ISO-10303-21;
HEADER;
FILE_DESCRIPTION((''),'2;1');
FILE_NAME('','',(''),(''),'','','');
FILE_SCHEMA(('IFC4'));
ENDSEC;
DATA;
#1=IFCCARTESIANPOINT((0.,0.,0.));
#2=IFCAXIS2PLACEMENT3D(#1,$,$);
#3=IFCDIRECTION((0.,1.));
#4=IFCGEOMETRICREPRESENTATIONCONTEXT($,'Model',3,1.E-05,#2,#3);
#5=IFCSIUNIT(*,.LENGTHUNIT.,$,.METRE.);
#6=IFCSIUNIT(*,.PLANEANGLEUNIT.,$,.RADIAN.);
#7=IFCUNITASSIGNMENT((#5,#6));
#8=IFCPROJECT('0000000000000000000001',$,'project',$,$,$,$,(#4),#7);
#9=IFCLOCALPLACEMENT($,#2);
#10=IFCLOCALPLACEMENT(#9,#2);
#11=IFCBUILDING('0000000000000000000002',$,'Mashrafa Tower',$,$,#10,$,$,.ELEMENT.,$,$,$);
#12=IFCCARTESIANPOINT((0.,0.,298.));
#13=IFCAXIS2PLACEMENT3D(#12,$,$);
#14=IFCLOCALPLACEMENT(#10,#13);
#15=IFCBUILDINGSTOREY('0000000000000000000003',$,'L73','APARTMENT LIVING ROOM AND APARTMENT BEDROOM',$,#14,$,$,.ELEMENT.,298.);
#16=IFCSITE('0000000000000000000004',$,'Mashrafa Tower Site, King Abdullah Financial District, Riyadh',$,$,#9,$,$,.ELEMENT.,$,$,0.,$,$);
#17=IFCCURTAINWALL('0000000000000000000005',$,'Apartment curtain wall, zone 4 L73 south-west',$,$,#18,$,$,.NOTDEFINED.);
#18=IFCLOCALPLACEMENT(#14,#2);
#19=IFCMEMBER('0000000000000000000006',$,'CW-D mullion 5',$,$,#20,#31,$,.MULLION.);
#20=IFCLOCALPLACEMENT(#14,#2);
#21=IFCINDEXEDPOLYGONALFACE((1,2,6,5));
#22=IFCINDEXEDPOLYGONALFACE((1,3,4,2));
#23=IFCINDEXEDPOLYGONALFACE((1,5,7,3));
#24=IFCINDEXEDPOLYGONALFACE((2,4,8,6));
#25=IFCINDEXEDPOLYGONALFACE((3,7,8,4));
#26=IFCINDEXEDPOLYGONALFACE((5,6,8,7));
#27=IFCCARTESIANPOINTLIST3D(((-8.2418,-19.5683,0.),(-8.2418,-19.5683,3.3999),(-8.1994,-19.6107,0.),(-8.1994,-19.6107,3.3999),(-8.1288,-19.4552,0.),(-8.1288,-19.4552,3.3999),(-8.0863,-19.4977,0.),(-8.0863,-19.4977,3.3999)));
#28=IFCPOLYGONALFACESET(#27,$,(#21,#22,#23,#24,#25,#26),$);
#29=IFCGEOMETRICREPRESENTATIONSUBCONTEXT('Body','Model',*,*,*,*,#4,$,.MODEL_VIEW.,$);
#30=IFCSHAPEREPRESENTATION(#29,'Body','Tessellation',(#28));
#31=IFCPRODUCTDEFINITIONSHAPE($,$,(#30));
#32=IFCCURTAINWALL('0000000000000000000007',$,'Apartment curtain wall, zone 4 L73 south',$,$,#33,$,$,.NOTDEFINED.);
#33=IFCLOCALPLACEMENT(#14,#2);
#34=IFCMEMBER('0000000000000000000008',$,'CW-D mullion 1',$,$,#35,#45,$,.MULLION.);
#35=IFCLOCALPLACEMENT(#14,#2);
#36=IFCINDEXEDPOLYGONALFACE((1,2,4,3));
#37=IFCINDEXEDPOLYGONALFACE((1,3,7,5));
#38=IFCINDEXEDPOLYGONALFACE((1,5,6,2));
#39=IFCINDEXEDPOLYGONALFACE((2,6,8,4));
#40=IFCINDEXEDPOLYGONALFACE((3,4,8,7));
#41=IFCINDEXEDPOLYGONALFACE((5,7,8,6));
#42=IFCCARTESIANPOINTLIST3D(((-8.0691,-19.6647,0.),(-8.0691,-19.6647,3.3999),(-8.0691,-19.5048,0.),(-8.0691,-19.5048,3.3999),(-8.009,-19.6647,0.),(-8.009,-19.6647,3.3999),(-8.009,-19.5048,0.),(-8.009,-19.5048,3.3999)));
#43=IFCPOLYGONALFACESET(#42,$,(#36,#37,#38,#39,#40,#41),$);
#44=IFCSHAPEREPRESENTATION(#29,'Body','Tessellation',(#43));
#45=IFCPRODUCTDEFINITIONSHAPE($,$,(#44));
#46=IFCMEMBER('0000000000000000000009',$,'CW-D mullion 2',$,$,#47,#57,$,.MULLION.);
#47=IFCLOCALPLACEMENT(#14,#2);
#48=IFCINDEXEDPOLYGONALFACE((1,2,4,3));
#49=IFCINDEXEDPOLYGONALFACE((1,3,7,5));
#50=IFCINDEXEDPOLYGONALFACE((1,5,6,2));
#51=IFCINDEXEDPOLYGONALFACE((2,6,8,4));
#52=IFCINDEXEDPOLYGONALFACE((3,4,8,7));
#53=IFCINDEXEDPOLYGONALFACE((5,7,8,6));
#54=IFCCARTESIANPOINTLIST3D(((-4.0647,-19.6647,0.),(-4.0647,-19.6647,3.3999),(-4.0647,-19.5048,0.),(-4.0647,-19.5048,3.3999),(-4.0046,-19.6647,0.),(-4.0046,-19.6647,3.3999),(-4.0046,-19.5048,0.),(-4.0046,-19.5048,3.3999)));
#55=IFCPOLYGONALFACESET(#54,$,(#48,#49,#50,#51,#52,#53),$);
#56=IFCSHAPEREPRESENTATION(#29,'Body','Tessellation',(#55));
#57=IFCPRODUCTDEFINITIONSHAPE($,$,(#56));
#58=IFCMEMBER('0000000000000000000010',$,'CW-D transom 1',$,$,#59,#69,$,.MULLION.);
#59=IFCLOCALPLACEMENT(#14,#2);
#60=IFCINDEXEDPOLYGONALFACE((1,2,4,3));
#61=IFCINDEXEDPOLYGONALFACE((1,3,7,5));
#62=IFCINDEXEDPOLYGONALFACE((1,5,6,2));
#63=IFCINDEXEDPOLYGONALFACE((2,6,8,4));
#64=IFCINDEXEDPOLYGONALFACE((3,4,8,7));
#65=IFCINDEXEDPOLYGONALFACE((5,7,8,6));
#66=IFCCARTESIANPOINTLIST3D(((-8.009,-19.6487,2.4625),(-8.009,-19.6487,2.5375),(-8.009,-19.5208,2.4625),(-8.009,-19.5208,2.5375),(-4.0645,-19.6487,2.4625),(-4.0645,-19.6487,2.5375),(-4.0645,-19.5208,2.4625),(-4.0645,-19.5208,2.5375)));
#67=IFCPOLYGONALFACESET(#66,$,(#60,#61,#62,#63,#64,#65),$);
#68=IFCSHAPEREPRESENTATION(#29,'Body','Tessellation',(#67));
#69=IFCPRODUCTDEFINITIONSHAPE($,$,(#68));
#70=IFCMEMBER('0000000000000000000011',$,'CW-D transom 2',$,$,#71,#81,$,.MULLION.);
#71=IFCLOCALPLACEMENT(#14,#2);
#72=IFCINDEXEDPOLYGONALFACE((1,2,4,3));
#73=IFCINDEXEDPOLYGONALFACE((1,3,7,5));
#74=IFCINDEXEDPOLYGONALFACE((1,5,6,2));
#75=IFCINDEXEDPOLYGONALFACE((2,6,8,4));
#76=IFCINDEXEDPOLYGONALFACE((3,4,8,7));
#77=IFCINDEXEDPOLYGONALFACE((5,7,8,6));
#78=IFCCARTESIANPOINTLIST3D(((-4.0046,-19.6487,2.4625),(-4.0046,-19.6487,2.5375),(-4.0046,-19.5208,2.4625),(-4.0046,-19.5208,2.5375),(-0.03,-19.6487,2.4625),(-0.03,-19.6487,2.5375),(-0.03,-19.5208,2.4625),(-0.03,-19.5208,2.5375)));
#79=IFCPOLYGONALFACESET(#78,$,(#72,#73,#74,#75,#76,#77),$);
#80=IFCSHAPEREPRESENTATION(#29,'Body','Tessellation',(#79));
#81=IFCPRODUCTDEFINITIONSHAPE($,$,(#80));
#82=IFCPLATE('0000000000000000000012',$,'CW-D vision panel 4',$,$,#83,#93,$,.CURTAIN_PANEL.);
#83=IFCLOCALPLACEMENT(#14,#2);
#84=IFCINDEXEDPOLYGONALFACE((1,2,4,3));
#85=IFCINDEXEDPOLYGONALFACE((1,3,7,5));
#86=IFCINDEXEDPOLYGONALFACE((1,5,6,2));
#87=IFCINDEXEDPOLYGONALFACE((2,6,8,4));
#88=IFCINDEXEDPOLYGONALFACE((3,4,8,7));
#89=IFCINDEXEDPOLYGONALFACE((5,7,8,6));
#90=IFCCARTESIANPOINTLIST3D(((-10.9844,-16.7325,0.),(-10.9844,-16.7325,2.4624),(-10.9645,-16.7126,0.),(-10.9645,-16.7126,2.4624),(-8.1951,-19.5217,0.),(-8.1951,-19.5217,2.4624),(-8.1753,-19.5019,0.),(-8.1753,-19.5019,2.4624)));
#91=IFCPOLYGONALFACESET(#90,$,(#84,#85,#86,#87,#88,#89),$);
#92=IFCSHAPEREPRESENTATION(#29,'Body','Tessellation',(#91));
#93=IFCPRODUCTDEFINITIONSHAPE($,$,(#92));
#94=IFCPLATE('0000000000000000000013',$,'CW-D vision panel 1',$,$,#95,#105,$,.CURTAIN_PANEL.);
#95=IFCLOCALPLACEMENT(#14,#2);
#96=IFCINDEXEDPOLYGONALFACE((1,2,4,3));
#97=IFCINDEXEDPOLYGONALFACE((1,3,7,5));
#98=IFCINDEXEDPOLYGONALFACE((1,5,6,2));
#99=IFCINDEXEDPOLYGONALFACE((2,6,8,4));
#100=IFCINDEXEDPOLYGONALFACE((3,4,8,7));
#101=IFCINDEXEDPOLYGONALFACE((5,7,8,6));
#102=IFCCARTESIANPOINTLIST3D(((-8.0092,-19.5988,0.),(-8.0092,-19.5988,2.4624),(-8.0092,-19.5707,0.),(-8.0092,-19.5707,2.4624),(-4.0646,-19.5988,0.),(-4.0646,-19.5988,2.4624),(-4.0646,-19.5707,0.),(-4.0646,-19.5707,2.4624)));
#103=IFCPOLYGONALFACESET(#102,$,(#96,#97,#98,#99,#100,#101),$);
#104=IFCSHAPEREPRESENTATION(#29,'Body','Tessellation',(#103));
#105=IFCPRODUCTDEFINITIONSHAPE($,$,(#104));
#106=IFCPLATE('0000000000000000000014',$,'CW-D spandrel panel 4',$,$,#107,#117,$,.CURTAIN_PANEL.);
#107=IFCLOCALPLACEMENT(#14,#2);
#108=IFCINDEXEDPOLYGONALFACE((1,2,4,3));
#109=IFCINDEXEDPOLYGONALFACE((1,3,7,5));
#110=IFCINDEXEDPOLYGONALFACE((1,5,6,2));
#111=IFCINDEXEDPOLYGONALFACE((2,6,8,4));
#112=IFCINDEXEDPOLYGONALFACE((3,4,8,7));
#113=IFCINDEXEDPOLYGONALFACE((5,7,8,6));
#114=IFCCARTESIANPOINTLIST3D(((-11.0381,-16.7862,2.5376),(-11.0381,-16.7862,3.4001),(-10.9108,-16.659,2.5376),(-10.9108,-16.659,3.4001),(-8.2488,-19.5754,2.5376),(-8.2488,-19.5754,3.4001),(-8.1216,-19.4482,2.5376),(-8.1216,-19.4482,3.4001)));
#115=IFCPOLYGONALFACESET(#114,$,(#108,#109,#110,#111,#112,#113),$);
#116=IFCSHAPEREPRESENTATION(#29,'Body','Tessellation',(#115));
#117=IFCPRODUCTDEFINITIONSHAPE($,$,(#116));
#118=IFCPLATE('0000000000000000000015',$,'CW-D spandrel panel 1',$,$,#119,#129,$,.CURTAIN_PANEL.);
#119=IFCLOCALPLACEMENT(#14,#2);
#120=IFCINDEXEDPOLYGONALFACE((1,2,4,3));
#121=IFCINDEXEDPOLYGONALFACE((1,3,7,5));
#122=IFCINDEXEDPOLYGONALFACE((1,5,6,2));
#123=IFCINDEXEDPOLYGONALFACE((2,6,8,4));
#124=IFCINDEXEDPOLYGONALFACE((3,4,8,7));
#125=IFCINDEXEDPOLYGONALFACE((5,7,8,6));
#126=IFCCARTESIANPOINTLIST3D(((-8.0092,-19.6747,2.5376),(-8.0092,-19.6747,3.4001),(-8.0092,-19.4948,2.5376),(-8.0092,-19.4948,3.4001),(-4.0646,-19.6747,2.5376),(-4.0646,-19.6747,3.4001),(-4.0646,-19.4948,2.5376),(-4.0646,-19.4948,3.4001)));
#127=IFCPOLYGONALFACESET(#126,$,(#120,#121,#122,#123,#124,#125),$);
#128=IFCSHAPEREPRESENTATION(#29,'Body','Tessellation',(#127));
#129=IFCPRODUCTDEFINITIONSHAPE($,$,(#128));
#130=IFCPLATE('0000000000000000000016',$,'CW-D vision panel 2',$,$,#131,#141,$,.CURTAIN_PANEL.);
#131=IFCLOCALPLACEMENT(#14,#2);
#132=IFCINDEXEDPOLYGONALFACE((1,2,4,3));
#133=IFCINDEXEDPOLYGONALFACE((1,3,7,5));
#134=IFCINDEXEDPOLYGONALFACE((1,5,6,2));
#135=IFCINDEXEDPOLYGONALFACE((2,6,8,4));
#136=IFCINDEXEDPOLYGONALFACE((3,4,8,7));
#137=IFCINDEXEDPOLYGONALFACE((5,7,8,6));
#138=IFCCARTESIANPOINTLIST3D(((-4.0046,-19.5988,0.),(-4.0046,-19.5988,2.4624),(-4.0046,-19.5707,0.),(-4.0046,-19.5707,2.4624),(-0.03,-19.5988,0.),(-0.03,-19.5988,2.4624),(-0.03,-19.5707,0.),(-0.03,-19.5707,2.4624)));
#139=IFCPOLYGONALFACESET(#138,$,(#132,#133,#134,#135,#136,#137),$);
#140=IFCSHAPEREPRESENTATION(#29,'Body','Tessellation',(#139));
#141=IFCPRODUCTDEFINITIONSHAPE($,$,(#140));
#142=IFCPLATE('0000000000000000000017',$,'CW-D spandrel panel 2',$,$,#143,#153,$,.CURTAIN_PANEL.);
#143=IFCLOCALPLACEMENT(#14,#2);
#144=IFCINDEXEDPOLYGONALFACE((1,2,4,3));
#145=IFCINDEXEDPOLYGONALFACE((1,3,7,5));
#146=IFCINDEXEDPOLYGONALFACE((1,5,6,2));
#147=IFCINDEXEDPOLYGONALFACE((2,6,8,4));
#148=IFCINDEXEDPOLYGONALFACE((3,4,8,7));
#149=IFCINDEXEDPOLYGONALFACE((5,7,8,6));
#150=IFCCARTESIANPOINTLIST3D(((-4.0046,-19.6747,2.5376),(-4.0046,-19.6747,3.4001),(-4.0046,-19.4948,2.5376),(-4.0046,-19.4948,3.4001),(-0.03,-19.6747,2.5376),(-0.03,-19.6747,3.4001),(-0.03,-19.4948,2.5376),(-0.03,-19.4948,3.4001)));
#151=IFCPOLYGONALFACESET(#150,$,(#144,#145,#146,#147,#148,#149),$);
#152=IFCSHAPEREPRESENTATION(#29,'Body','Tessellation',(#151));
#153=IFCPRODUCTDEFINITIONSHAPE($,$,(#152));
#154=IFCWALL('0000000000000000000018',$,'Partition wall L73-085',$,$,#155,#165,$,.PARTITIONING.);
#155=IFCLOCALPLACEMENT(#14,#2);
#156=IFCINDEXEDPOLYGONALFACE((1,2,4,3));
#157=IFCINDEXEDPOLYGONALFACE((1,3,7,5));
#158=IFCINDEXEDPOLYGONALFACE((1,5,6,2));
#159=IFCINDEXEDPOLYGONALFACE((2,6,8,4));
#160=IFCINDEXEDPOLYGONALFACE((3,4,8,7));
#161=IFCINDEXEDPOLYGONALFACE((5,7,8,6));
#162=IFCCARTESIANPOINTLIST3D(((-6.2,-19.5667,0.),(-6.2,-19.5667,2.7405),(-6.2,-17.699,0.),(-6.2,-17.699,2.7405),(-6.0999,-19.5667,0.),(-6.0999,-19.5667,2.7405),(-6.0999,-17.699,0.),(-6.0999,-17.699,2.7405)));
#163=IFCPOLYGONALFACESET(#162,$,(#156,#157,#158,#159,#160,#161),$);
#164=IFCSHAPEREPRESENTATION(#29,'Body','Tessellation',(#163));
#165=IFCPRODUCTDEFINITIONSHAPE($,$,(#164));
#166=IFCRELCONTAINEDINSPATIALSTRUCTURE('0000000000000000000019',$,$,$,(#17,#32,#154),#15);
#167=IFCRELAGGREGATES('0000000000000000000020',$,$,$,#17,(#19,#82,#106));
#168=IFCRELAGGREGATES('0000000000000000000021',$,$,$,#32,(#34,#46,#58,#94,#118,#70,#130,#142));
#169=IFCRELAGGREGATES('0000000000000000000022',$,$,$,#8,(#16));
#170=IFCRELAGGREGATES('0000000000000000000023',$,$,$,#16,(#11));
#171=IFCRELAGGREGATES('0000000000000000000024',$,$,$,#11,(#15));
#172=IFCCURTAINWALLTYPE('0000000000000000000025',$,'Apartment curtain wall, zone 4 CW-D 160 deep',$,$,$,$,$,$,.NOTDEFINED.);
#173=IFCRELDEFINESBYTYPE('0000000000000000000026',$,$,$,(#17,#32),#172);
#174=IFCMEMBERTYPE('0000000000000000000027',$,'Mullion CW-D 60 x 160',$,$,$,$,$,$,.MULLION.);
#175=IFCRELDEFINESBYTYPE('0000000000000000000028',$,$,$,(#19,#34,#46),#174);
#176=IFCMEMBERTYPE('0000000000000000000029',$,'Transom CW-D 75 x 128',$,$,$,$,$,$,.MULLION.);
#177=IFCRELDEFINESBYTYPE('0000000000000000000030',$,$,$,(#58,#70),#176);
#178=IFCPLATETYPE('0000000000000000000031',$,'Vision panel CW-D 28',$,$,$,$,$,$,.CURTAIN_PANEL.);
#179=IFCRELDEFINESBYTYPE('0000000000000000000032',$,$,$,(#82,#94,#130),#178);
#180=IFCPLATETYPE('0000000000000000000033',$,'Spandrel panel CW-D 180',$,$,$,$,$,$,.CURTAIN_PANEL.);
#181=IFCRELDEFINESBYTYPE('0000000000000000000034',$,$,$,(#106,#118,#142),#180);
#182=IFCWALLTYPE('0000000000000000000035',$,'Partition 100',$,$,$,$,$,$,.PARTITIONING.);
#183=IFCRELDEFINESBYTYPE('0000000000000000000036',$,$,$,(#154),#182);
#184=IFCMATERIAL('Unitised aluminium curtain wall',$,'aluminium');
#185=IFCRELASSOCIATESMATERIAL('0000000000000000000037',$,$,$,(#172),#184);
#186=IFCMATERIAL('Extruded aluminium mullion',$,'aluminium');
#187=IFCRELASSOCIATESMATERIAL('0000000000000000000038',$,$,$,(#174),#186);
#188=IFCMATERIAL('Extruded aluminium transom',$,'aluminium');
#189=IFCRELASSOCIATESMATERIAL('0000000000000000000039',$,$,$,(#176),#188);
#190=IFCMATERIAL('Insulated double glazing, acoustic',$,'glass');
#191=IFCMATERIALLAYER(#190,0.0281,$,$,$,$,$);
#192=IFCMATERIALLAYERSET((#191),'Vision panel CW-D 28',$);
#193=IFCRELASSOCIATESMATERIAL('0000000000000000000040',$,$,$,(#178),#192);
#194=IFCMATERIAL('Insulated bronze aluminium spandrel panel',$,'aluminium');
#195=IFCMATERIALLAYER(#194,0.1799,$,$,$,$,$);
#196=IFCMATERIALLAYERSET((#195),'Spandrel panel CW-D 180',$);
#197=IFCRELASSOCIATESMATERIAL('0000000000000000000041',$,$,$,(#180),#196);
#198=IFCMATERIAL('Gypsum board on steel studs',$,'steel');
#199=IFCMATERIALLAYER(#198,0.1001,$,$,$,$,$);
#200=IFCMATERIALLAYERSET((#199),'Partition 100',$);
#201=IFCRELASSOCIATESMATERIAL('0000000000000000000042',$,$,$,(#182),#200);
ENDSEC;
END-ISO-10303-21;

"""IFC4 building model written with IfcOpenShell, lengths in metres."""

from ifc_helpers import new_model, si_unit, direction, frame, frame_2d, origin, origin_2d, place, context, subcontext, project, spatial, rectangle, extrude, source, transform, mapped, material, layer, layer_set, material_profile, profile_set, type_object, type_shapes, element, aggregate, save


model = new_model("IFC4")

# Units and contexts
model_context = context("Model", 3, precision=1e-05, world=origin(), true_north=direction((0.0, 1.0)))
body_context = subcontext(model_context, "Body", "Model", "MODEL_VIEW")
ifc_project = project(units=[si_unit("LENGTHUNIT", "METRE"), si_unit("PLANEANGLEUNIT", "RADIAN")], contexts=[model_context])

# Site, building, storey
site_placement = place(None, origin())
site = spatial("IfcSite", under=ifc_project, at=site_placement, Name="Mashrafa Tower Site, King Abdullah Financial District, Riyadh", CompositionType="ELEMENT", RefElevation=0.0)
building_placement = place(site_placement, origin())
building = spatial("IfcBuilding", under=site, at=building_placement, Name="Mashrafa Tower", CompositionType="ELEMENT")
storey_placement = place(building_placement, frame((0.0, 0.0, 298.0)))
storey = spatial("IfcBuildingStorey", under=building, at=storey_placement, Name="L73", Description="APARTMENT LIVING ROOM AND APARTMENT BEDROOM", CompositionType="ELEMENT", Elevation=298.0)

# Curtain wall, member
ifc_material_1 = material(Name="Unitised aluminium curtain wall", Category="aluminium")
curtain_wall_type = type_object("IfcCurtainWallType", Name="Apartment curtain wall, zone 4 CW-D 160 deep", PredefinedType="NOTDEFINED", material=ifc_material_1)
curtain_wall_1_placement = place(storey_placement, origin())
curtain_wall_1 = element("IfcCurtainWall", 1, at=curtain_wall_1_placement, inside=storey, type_object=curtain_wall_type, Name="Apartment curtain wall, zone 4 L73 south-west", PredefinedType="NOTDEFINED")
ifc_material_2 = material(Name="Extruded aluminium mullion", Category="aluminium")
ifc_material_profile_1 = material_profile(ifc_material_2, rectangle(XDim=0.1599, YDim=0.0601, at=origin_2d()), Name="Mullion 60x160")
ifc_profile_set_1 = profile_set([ifc_material_profile_1], Name="Extruded aluminium mullion")
member_type_1 = type_object("IfcMemberType", Name="Mullion CW-D 60 x 160", PredefinedType="MULLION", material=ifc_profile_set_1)
shared_shape_1 = source(origin(), body_context, "Body", "SweptSolid", [
    extrude(rectangle(XDim=0.1599, YDim=0.0601, at=origin_2d()), origin(), (0.0, 0.0, 1.0), 3.3999),
])
type_shapes(member_type_1, [shared_shape_1])
member_1_placement = place(storey_placement, frame((-8.1641, -19.533, 0.0), z_axis=(0.0, 0.0, 1.0), x_axis=(0.707107, 0.707107, 0.0)))
member_1 = element("IfcMember", 2, at=member_1_placement, type_object=member_type_1, Name="CW-D mullion 5", PredefinedType="MULLION", context=body_context, shape_type="MappedRepresentation", body=[
    mapped(shared_shape_1, transform((0.0, 0.0, 0.0))),
])

# Curtain wall, members
curtain_wall_2_placement = place(storey_placement, origin())
curtain_wall_2 = element("IfcCurtainWall", 3, at=curtain_wall_2_placement, inside=storey, type_object=curtain_wall_type, Name="Apartment curtain wall, zone 4 L73 south", PredefinedType="NOTDEFINED")
member_2_placement = place(storey_placement, frame((-8.0391, -19.5847, 0.0), z_axis=(0.0, 0.0, 1.0), x_axis=(0.0, 1.0, 0.0)))
member_2 = element("IfcMember", 4, at=member_2_placement, type_object=member_type_1, Name="CW-D mullion 1", PredefinedType="MULLION", context=body_context, shape_type="MappedRepresentation", body=[
    mapped(shared_shape_1, transform((0.0, 0.0, 0.0))),
])
member_3_placement = place(storey_placement, frame((-4.0347, -19.5847, 0.0), z_axis=(0.0, 0.0, 1.0), x_axis=(0.0, 1.0, 0.0)))
member_3 = element("IfcMember", 5, at=member_3_placement, type_object=member_type_1, Name="CW-D mullion 2", PredefinedType="MULLION", context=body_context, shape_type="MappedRepresentation", body=[
    mapped(shared_shape_1, transform((0.0, 0.0, 0.0))),
])
ifc_material_3 = material(Name="Extruded aluminium transom", Category="aluminium")
ifc_material_profile_2 = material_profile(ifc_material_3, rectangle(XDim=0.1279, YDim=0.075, at=origin_2d()), Name="Transom 75x128")
ifc_profile_set_2 = profile_set([ifc_material_profile_2], Name="Extruded aluminium transom")
member_type_2 = type_object("IfcMemberType", Name="Transom CW-D 75 x 128", PredefinedType="MULLION", material=ifc_profile_set_2)
shared_shape_2 = source(origin(), body_context, "Body", "SweptSolid", [
    extrude(rectangle(XDim=0.1279, YDim=0.075, at=origin_2d()), origin(), (0.0, 0.0, 1.0), 3.9446),
])
member_4_placement = place(storey_placement, frame((-8.009, -19.5847, 2.5), z_axis=(1.0, 0.0, 0.0), x_axis=(0.0, 1.0, 0.0)))
member_4 = element("IfcMember", 6, at=member_4_placement, type_object=member_type_2, Name="CW-D transom 1", PredefinedType="MULLION", context=body_context, shape_type="MappedRepresentation", body=[
    mapped(shared_shape_2, transform((0.0, 0.0, 0.0))),
])
shared_shape_3 = source(origin(), body_context, "Body", "SweptSolid", [
    extrude(rectangle(XDim=0.1279, YDim=0.075, at=origin_2d()), origin(), (0.0, 0.0, 1.0), 3.9746),
])
type_shapes(member_type_2, [shared_shape_2, shared_shape_3])
member_5_placement = place(storey_placement, frame((-4.0046, -19.5847, 2.5), z_axis=(1.0, 0.0, 0.0), x_axis=(0.0, 1.0, 0.0)))
member_5 = element("IfcMember", 7, at=member_5_placement, type_object=member_type_2, Name="CW-D transom 2", PredefinedType="MULLION", context=body_context, shape_type="MappedRepresentation", body=[
    mapped(shared_shape_3, transform((0.0, 0.0, 0.0))),
])

# Plates
ifc_material_4 = material(Name="Insulated double glazing, acoustic", Category="glass")
ifc_layer_1 = layer(ifc_material_4, 0.0281)
ifc_layer_set_1 = layer_set([ifc_layer_1], Name="Vision panel CW-D 28")
plate_type_1 = type_object("IfcPlateType", Name="Vision panel CW-D 28", PredefinedType="CURTAIN_PANEL", material=ifc_layer_set_1)
shared_shape_4 = source(origin(), body_context, "Body", "SweptSolid", [
    extrude(rectangle(XDim=3.9446, YDim=0.0281, at=origin_2d()), origin(), (0.0, 0.0, 1.0), 2.4624),
])
plate_1_placement = place(storey_placement, frame((-9.5798, -18.1172, 0.0), z_axis=(0.0, 0.0, 1.0), x_axis=(0.707107, -0.707107, 0.0)))
plate_1 = element("IfcPlate", 8, at=plate_1_placement, type_object=plate_type_1, Name="CW-D vision panel 4", PredefinedType="CURTAIN_PANEL", context=body_context, shape_type="MappedRepresentation", body=[
    mapped(shared_shape_4, transform((0.0, 0.0, 0.0))),
])
plate_2_placement = place(storey_placement, frame((-6.0369, -19.5847, 0.0), z_axis=(0.0, 0.0, 1.0), x_axis=(1.0, 0.0, 0.0)))
plate_2 = element("IfcPlate", 9, at=plate_2_placement, type_object=plate_type_1, Name="CW-D vision panel 1", PredefinedType="CURTAIN_PANEL", context=body_context, shape_type="MappedRepresentation", body=[
    mapped(shared_shape_4, transform((0.0, 0.0, 0.0))),
])
ifc_material_5 = material(Name="Insulated bronze aluminium spandrel panel", Category="aluminium")
ifc_layer_2 = layer(ifc_material_5, 0.1799)
ifc_layer_set_2 = layer_set([ifc_layer_2], Name="Spandrel panel CW-D 180")
plate_type_2 = type_object("IfcPlateType", Name="Spandrel panel CW-D 180", PredefinedType="CURTAIN_PANEL", material=ifc_layer_set_2)
shared_shape_5 = source(origin(), body_context, "Body", "SweptSolid", [
    extrude(rectangle(XDim=3.9446, YDim=0.1799, at=origin_2d()), origin(), (0.0, 0.0, 1.0), 0.8625),
])
plate_3_placement = place(storey_placement, frame((-9.5798, -18.1172, 2.5376), z_axis=(0.0, 0.0, 1.0), x_axis=(0.707107, -0.707107, 0.0)))
plate_3 = element("IfcPlate", 10, at=plate_3_placement, type_object=plate_type_2, Name="CW-D spandrel panel 4", PredefinedType="CURTAIN_PANEL", context=body_context, shape_type="MappedRepresentation", body=[
    mapped(shared_shape_5, transform((0.0, 0.0, 0.0))),
])
aggregate(curtain_wall_1, [member_1, plate_1, plate_3])
plate_4_placement = place(storey_placement, frame((-6.0369, -19.5847, 2.5376), z_axis=(0.0, 0.0, 1.0), x_axis=(1.0, 0.0, 0.0)))
plate_4 = element("IfcPlate", 11, at=plate_4_placement, type_object=plate_type_2, Name="CW-D spandrel panel 1", PredefinedType="CURTAIN_PANEL", context=body_context, shape_type="MappedRepresentation", body=[
    mapped(shared_shape_5, transform((0.0, 0.0, 0.0))),
])
shared_shape_6 = source(origin(), body_context, "Body", "SweptSolid", [
    extrude(rectangle(XDim=3.9746, YDim=0.0281, at=origin_2d()), origin(), (0.0, 0.0, 1.0), 2.4624),
])
type_shapes(plate_type_1, [shared_shape_4, shared_shape_6])
plate_5_placement = place(storey_placement, frame((-2.0173, -19.5847, 0.0), z_axis=(0.0, 0.0, 1.0), x_axis=(1.0, 0.0, 0.0)))
plate_5 = element("IfcPlate", 12, at=plate_5_placement, type_object=plate_type_1, Name="CW-D vision panel 2", PredefinedType="CURTAIN_PANEL", context=body_context, shape_type="MappedRepresentation", body=[
    mapped(shared_shape_6, transform((0.0, 0.0, 0.0))),
])
shared_shape_7 = source(origin(), body_context, "Body", "SweptSolid", [
    extrude(rectangle(XDim=3.9746, YDim=0.1799, at=origin_2d()), origin(), (0.0, 0.0, 1.0), 0.8625),
])
type_shapes(plate_type_2, [shared_shape_5, shared_shape_7])
plate_6_placement = place(storey_placement, frame((-2.0173, -19.5847, 2.5376), z_axis=(0.0, 0.0, 1.0), x_axis=(1.0, 0.0, 0.0)))
plate_6 = element("IfcPlate", 13, at=plate_6_placement, type_object=plate_type_2, Name="CW-D spandrel panel 2", PredefinedType="CURTAIN_PANEL", context=body_context, shape_type="MappedRepresentation", body=[
    mapped(shared_shape_7, transform((0.0, 0.0, 0.0))),
])
aggregate(curtain_wall_2, [member_2, member_3, member_4, plate_2, plate_4, member_5, plate_5, plate_6])

# Wall
ifc_material_6 = material(Name="Gypsum board on steel studs", Category="steel")
ifc_layer_3 = layer(ifc_material_6, 0.1001)
ifc_layer_set_3 = layer_set([ifc_layer_3], Name="Partition 100")
wall_type = type_object("IfcWallType", Name="Partition 100", PredefinedType="PARTITIONING", material=ifc_layer_set_3)
wall_1_placement = place(storey_placement, frame((-6.1499, -17.699, 0.0), z_axis=(0.0, 0.0, 1.0), x_axis=(0.0, -1.0, 0.0)))
element("IfcWall", 14, at=wall_1_placement, inside=storey, type_object=wall_type, Name="Partition wall L73-085", PredefinedType="PARTITIONING", context=body_context, shape_type="SweptSolid", body=[
    extrude(rectangle(XDim=1.8677, YDim=0.1001, at=frame_2d((0.9338, 0.0))), origin(), (0.0, 0.0, 1.0), 2.7405),
])

save(model, "model.ifc")
